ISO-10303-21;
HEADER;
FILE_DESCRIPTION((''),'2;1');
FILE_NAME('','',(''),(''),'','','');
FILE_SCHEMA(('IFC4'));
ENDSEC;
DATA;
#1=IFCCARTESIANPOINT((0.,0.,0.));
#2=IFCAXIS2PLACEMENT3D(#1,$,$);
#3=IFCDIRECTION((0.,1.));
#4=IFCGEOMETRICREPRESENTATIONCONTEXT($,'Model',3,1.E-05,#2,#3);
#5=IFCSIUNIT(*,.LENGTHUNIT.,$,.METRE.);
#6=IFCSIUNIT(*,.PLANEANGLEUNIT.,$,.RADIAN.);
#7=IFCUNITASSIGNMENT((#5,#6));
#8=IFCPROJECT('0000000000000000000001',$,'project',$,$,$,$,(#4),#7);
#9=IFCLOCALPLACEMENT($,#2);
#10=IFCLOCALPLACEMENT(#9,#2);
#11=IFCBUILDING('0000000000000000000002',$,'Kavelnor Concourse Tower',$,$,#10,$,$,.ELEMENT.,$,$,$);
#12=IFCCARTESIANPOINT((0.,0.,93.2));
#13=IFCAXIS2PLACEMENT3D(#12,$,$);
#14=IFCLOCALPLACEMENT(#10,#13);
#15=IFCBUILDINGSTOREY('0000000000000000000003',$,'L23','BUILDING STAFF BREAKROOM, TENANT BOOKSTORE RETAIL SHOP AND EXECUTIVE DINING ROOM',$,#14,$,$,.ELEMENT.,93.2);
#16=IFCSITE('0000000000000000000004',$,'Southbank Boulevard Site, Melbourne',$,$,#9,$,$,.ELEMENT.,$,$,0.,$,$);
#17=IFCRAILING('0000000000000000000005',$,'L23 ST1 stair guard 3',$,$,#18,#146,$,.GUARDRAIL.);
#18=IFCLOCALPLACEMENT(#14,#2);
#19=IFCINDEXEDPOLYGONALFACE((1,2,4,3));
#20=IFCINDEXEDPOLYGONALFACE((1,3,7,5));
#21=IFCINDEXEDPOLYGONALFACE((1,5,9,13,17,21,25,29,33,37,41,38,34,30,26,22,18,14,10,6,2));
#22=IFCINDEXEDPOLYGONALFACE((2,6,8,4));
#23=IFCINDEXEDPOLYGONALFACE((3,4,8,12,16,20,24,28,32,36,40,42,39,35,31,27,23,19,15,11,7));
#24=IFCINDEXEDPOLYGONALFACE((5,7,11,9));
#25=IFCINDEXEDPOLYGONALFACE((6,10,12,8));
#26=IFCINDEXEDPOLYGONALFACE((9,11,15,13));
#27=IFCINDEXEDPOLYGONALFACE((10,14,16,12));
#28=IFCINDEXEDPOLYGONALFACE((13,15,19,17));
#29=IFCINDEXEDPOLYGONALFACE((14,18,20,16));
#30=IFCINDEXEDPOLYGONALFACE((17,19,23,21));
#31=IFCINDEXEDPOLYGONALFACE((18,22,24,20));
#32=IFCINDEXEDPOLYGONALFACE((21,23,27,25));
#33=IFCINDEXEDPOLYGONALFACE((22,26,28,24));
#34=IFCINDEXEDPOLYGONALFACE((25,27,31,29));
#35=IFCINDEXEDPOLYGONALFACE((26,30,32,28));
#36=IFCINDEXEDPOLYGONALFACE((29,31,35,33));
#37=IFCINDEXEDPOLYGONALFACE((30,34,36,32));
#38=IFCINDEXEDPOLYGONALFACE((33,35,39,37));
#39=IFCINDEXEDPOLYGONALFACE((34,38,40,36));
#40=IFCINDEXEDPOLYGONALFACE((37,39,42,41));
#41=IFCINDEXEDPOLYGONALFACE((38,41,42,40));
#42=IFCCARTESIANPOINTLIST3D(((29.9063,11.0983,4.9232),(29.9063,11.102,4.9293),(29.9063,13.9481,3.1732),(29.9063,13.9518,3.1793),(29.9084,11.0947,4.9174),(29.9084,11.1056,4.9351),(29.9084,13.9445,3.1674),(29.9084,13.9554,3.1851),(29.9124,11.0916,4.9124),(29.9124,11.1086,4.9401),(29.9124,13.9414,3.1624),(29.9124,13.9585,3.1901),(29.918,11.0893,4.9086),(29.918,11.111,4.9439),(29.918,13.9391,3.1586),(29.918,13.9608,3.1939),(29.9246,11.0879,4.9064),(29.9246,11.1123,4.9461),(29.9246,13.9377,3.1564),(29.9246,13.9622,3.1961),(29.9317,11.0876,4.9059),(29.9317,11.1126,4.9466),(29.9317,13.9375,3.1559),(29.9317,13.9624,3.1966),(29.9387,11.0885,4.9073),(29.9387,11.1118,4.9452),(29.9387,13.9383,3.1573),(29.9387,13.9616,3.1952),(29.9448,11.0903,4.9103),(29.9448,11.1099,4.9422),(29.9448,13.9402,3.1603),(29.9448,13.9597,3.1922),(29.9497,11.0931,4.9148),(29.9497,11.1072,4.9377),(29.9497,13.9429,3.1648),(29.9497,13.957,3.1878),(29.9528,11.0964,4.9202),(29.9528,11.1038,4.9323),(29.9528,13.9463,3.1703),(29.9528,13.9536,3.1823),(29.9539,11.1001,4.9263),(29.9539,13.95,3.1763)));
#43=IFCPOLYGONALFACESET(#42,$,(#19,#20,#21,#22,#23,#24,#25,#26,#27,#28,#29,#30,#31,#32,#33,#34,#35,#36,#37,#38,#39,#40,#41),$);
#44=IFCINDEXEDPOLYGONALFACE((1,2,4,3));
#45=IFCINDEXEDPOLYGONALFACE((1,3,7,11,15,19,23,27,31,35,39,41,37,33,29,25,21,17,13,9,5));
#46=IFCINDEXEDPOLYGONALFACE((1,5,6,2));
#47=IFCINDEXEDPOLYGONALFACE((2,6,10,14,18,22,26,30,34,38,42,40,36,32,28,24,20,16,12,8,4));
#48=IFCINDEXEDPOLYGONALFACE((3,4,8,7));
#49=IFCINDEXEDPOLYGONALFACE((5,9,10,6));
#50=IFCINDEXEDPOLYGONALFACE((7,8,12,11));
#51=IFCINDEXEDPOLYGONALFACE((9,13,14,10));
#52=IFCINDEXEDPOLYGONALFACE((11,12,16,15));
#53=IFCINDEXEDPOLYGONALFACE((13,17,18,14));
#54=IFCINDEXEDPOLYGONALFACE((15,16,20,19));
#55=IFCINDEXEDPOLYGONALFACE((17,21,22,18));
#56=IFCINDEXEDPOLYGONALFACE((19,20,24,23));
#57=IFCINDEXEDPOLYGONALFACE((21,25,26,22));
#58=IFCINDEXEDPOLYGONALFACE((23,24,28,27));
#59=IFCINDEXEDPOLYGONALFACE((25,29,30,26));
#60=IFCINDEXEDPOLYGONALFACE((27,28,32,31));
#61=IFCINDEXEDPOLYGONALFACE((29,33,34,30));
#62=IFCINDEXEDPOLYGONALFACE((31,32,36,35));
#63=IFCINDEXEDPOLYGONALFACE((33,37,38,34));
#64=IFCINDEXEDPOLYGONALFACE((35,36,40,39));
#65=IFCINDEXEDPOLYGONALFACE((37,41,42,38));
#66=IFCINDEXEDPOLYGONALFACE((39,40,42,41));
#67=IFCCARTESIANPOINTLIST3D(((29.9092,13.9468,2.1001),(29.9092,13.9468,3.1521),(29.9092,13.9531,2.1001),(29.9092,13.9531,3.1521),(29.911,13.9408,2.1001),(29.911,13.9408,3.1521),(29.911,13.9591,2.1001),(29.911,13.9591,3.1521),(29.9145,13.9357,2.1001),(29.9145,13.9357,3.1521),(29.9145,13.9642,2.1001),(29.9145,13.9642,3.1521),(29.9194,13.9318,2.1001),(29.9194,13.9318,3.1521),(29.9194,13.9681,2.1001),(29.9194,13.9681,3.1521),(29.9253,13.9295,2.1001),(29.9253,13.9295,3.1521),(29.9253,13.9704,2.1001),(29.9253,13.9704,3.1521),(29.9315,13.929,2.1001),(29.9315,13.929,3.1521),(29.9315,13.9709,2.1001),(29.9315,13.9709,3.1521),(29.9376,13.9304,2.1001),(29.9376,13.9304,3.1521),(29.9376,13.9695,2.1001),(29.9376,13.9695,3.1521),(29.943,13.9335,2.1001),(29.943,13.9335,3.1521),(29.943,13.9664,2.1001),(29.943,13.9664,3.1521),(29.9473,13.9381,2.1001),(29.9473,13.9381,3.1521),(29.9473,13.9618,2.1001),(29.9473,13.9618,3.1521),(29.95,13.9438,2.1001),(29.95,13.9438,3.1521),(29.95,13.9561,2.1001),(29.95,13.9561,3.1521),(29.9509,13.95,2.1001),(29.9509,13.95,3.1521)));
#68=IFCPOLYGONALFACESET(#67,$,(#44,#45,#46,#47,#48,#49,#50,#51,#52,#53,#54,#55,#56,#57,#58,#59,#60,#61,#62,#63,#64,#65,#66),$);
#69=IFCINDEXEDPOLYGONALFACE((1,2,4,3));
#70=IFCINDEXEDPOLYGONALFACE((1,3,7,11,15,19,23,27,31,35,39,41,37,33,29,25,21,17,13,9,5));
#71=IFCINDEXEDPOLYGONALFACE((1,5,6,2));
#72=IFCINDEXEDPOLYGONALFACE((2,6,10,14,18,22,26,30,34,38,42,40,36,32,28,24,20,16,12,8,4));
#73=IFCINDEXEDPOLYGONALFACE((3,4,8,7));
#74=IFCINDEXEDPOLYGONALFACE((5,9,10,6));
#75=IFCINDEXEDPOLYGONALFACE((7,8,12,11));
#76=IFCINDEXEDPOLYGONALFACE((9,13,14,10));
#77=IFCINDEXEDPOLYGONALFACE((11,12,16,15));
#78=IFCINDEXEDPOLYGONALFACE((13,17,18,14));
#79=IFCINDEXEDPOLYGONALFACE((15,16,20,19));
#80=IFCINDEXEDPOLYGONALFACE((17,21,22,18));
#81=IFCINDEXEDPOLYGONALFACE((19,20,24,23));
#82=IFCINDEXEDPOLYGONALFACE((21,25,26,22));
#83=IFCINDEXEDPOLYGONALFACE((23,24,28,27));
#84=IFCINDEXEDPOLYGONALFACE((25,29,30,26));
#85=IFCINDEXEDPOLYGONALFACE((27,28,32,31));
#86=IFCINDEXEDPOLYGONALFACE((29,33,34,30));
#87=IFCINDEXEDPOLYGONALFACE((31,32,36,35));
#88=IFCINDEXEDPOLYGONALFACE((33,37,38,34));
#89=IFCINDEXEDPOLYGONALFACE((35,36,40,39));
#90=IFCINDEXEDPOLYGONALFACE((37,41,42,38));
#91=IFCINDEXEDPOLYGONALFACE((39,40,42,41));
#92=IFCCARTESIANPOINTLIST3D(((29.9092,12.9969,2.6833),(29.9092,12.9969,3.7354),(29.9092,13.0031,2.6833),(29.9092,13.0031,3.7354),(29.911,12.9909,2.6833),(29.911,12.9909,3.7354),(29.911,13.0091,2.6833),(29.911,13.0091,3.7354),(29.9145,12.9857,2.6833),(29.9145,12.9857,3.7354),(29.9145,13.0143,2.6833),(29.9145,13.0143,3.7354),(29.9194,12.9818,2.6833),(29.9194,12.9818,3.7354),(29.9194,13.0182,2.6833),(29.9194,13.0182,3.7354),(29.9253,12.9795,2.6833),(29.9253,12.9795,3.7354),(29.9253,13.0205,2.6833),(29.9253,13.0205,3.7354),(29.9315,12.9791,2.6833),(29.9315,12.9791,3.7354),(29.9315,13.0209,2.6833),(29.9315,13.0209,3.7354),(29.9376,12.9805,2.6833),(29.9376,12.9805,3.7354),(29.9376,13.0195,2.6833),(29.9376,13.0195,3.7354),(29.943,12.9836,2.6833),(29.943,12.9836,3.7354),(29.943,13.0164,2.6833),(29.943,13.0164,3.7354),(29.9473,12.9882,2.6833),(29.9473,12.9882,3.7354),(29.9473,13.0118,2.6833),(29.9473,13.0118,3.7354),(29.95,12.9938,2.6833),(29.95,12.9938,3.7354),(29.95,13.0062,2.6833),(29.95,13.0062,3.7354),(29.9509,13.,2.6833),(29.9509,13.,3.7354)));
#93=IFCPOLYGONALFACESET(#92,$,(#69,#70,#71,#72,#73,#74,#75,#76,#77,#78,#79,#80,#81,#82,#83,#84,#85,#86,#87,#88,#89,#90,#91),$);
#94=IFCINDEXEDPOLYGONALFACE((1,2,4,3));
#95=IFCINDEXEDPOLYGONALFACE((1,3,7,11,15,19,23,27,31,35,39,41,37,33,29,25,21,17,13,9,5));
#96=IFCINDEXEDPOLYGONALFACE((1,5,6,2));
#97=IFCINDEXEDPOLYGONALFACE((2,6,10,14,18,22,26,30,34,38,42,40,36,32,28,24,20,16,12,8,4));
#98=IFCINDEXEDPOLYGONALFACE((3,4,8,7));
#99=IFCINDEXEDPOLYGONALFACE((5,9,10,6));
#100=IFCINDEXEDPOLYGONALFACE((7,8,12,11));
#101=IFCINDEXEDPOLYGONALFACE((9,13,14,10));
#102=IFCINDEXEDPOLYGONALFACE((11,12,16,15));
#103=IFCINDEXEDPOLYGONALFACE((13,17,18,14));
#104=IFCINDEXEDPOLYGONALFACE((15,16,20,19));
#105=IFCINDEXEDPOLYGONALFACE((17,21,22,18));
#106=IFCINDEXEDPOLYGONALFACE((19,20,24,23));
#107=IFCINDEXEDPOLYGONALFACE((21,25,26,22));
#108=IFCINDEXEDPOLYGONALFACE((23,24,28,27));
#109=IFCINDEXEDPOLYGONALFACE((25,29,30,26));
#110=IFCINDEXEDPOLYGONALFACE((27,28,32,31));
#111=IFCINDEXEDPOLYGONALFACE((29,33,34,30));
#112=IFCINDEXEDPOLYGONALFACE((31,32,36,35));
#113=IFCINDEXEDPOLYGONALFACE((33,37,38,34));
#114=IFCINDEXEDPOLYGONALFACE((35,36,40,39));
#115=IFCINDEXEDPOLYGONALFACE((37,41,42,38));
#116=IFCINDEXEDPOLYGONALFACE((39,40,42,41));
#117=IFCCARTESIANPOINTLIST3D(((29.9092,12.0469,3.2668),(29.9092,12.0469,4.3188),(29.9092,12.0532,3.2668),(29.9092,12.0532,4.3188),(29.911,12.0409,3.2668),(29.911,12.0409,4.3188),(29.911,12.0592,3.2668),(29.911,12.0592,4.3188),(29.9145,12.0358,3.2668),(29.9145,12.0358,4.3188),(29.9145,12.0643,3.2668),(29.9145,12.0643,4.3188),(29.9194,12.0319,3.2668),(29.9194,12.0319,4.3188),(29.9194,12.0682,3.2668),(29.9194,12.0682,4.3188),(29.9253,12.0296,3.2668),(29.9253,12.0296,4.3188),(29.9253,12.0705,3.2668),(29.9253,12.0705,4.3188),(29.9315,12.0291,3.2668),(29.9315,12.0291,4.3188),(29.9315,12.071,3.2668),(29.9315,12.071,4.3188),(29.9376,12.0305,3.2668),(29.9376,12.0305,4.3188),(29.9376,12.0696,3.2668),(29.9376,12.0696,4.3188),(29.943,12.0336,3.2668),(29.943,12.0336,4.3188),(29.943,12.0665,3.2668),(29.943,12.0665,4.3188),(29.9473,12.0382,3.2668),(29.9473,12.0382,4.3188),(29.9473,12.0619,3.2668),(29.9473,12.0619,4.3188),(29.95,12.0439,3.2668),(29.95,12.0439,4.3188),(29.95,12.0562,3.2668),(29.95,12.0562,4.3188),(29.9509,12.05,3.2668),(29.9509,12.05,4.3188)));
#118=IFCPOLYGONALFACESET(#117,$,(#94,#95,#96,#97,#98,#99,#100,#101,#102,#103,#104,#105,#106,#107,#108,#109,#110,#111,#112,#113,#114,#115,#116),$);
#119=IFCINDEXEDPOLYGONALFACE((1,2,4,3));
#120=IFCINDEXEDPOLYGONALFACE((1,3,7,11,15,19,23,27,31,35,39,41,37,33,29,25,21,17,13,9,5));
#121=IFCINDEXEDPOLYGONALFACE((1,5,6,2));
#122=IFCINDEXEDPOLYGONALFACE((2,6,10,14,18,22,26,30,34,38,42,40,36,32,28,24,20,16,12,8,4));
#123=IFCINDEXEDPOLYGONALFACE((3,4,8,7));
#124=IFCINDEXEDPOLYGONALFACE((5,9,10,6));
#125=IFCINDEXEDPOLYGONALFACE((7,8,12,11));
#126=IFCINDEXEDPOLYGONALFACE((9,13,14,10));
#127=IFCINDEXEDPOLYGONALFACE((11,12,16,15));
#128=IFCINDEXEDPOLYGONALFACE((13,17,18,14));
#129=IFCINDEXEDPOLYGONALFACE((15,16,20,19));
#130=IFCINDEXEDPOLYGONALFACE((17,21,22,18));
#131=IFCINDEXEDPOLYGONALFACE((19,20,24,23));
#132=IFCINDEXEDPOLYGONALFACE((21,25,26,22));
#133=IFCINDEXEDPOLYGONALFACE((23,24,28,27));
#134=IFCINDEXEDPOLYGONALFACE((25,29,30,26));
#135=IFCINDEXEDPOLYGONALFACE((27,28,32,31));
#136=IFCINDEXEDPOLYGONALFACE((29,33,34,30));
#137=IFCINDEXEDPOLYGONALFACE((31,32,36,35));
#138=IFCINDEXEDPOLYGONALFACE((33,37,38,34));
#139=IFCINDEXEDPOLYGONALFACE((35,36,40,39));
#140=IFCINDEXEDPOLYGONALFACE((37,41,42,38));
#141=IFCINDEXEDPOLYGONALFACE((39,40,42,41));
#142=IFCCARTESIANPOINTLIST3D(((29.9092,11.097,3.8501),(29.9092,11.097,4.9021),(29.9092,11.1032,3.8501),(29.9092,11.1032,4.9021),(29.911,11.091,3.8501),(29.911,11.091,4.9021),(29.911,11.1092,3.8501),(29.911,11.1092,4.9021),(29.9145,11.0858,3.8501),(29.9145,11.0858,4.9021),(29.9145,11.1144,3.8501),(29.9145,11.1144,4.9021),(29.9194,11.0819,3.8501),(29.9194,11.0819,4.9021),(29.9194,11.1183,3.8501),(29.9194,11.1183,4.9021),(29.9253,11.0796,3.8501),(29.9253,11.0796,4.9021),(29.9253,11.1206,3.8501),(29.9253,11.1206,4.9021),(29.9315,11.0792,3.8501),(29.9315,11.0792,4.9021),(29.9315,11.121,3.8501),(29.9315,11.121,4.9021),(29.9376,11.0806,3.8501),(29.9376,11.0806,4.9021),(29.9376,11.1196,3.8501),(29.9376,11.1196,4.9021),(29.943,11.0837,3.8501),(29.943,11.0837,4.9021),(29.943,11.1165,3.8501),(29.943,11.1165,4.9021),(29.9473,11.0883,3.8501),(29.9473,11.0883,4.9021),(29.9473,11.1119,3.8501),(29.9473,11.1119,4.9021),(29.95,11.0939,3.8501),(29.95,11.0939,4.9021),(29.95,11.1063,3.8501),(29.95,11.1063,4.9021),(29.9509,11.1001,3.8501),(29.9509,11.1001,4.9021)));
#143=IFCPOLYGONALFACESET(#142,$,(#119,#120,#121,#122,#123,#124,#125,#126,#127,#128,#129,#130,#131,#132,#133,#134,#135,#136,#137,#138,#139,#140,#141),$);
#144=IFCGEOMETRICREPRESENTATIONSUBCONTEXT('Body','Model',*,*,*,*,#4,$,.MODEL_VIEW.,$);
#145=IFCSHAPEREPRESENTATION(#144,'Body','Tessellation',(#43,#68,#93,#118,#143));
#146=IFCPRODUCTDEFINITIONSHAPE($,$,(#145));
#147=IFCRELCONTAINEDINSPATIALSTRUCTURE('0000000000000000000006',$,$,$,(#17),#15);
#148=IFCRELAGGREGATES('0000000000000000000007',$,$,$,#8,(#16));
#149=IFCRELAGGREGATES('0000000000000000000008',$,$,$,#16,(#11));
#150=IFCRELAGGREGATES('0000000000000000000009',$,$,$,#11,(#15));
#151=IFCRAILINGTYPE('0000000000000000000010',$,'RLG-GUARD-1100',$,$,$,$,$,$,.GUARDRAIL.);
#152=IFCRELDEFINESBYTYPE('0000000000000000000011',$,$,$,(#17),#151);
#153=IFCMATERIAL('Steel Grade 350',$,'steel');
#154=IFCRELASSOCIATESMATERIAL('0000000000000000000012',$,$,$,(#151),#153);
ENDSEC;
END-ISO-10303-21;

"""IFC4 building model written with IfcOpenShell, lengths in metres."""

from ifc_helpers import new_model, si_unit, direction, frame, origin, origin_2d, place, context, subcontext, project, spatial, circle, extrude, material, type_object, element, save


model = new_model("IFC4")

# Units and contexts
model_context = context("Model", 3, precision=1e-05, world=origin(), true_north=direction((0.0, 1.0)))
body_context = subcontext(model_context, "Body", "Model", "MODEL_VIEW")
ifc_project = project(units=[si_unit("LENGTHUNIT", "METRE"), si_unit("PLANEANGLEUNIT", "RADIAN")], contexts=[model_context])

# Site, building, storey
site_placement = place(None, origin())
site = spatial("IfcSite", under=ifc_project, at=site_placement, Name="Southbank Boulevard Site, Melbourne", CompositionType="ELEMENT", RefElevation=0.0)
building_placement = place(site_placement, origin())
building = spatial("IfcBuilding", under=site, at=building_placement, Name="Kavelnor Concourse Tower", CompositionType="ELEMENT")
storey_placement = place(building_placement, frame((0.0, 0.0, 93.2)))
storey = spatial("IfcBuildingStorey", under=building, at=storey_placement, Name="L23", Description="BUILDING STAFF BREAKROOM, TENANT BOOKSTORE RETAIL SHOP AND EXECUTIVE DINING ROOM", CompositionType="ELEMENT", Elevation=93.2)

# Shared definitions
ifc_material_1 = material(Name="Steel Grade 350", Category="steel")

# Railing
railing_type_1 = type_object("IfcRailingType", Name="RLG-GUARD-1100", PredefinedType="GUARDRAIL", material=ifc_material_1)
railing_1_placement = place(storey_placement, frame((29.9299, 13.95, 2.1001)))
element("IfcRailing", 1, at=railing_1_placement, inside=storey, type_object=railing_type_1, Name="L23 ST1 stair guard 3", PredefinedType="GUARDRAIL", context=body_context, shape_type="SweptSolid", body=[
    extrude(circle(Radius=0.0239, at=origin_2d()), frame((0.0, 0.0, 1.0762), z_axis=(0.0, -0.852159, 0.523283), x_axis=(1.0, 0.0, 0.0)), (0.0, 0.0, 1.0), 3.3442),
    extrude(circle(Radius=0.021, at=origin_2d()), origin(), (0.0, 0.0, 1.0), 1.052),
    extrude(circle(Radius=0.021, at=origin_2d()), frame((0.0, -0.95, 0.5833)), (0.0, 0.0, 1.0), 1.052),
    extrude(circle(Radius=0.021, at=origin_2d()), frame((0.0, -1.8999, 1.1667)), (0.0, 0.0, 1.0), 1.052),
    extrude(circle(Radius=0.021, at=origin_2d()), frame((0.0, -2.8499, 1.75)), (0.0, 0.0, 1.0), 1.052),
])

save(model, "model.ifc")
